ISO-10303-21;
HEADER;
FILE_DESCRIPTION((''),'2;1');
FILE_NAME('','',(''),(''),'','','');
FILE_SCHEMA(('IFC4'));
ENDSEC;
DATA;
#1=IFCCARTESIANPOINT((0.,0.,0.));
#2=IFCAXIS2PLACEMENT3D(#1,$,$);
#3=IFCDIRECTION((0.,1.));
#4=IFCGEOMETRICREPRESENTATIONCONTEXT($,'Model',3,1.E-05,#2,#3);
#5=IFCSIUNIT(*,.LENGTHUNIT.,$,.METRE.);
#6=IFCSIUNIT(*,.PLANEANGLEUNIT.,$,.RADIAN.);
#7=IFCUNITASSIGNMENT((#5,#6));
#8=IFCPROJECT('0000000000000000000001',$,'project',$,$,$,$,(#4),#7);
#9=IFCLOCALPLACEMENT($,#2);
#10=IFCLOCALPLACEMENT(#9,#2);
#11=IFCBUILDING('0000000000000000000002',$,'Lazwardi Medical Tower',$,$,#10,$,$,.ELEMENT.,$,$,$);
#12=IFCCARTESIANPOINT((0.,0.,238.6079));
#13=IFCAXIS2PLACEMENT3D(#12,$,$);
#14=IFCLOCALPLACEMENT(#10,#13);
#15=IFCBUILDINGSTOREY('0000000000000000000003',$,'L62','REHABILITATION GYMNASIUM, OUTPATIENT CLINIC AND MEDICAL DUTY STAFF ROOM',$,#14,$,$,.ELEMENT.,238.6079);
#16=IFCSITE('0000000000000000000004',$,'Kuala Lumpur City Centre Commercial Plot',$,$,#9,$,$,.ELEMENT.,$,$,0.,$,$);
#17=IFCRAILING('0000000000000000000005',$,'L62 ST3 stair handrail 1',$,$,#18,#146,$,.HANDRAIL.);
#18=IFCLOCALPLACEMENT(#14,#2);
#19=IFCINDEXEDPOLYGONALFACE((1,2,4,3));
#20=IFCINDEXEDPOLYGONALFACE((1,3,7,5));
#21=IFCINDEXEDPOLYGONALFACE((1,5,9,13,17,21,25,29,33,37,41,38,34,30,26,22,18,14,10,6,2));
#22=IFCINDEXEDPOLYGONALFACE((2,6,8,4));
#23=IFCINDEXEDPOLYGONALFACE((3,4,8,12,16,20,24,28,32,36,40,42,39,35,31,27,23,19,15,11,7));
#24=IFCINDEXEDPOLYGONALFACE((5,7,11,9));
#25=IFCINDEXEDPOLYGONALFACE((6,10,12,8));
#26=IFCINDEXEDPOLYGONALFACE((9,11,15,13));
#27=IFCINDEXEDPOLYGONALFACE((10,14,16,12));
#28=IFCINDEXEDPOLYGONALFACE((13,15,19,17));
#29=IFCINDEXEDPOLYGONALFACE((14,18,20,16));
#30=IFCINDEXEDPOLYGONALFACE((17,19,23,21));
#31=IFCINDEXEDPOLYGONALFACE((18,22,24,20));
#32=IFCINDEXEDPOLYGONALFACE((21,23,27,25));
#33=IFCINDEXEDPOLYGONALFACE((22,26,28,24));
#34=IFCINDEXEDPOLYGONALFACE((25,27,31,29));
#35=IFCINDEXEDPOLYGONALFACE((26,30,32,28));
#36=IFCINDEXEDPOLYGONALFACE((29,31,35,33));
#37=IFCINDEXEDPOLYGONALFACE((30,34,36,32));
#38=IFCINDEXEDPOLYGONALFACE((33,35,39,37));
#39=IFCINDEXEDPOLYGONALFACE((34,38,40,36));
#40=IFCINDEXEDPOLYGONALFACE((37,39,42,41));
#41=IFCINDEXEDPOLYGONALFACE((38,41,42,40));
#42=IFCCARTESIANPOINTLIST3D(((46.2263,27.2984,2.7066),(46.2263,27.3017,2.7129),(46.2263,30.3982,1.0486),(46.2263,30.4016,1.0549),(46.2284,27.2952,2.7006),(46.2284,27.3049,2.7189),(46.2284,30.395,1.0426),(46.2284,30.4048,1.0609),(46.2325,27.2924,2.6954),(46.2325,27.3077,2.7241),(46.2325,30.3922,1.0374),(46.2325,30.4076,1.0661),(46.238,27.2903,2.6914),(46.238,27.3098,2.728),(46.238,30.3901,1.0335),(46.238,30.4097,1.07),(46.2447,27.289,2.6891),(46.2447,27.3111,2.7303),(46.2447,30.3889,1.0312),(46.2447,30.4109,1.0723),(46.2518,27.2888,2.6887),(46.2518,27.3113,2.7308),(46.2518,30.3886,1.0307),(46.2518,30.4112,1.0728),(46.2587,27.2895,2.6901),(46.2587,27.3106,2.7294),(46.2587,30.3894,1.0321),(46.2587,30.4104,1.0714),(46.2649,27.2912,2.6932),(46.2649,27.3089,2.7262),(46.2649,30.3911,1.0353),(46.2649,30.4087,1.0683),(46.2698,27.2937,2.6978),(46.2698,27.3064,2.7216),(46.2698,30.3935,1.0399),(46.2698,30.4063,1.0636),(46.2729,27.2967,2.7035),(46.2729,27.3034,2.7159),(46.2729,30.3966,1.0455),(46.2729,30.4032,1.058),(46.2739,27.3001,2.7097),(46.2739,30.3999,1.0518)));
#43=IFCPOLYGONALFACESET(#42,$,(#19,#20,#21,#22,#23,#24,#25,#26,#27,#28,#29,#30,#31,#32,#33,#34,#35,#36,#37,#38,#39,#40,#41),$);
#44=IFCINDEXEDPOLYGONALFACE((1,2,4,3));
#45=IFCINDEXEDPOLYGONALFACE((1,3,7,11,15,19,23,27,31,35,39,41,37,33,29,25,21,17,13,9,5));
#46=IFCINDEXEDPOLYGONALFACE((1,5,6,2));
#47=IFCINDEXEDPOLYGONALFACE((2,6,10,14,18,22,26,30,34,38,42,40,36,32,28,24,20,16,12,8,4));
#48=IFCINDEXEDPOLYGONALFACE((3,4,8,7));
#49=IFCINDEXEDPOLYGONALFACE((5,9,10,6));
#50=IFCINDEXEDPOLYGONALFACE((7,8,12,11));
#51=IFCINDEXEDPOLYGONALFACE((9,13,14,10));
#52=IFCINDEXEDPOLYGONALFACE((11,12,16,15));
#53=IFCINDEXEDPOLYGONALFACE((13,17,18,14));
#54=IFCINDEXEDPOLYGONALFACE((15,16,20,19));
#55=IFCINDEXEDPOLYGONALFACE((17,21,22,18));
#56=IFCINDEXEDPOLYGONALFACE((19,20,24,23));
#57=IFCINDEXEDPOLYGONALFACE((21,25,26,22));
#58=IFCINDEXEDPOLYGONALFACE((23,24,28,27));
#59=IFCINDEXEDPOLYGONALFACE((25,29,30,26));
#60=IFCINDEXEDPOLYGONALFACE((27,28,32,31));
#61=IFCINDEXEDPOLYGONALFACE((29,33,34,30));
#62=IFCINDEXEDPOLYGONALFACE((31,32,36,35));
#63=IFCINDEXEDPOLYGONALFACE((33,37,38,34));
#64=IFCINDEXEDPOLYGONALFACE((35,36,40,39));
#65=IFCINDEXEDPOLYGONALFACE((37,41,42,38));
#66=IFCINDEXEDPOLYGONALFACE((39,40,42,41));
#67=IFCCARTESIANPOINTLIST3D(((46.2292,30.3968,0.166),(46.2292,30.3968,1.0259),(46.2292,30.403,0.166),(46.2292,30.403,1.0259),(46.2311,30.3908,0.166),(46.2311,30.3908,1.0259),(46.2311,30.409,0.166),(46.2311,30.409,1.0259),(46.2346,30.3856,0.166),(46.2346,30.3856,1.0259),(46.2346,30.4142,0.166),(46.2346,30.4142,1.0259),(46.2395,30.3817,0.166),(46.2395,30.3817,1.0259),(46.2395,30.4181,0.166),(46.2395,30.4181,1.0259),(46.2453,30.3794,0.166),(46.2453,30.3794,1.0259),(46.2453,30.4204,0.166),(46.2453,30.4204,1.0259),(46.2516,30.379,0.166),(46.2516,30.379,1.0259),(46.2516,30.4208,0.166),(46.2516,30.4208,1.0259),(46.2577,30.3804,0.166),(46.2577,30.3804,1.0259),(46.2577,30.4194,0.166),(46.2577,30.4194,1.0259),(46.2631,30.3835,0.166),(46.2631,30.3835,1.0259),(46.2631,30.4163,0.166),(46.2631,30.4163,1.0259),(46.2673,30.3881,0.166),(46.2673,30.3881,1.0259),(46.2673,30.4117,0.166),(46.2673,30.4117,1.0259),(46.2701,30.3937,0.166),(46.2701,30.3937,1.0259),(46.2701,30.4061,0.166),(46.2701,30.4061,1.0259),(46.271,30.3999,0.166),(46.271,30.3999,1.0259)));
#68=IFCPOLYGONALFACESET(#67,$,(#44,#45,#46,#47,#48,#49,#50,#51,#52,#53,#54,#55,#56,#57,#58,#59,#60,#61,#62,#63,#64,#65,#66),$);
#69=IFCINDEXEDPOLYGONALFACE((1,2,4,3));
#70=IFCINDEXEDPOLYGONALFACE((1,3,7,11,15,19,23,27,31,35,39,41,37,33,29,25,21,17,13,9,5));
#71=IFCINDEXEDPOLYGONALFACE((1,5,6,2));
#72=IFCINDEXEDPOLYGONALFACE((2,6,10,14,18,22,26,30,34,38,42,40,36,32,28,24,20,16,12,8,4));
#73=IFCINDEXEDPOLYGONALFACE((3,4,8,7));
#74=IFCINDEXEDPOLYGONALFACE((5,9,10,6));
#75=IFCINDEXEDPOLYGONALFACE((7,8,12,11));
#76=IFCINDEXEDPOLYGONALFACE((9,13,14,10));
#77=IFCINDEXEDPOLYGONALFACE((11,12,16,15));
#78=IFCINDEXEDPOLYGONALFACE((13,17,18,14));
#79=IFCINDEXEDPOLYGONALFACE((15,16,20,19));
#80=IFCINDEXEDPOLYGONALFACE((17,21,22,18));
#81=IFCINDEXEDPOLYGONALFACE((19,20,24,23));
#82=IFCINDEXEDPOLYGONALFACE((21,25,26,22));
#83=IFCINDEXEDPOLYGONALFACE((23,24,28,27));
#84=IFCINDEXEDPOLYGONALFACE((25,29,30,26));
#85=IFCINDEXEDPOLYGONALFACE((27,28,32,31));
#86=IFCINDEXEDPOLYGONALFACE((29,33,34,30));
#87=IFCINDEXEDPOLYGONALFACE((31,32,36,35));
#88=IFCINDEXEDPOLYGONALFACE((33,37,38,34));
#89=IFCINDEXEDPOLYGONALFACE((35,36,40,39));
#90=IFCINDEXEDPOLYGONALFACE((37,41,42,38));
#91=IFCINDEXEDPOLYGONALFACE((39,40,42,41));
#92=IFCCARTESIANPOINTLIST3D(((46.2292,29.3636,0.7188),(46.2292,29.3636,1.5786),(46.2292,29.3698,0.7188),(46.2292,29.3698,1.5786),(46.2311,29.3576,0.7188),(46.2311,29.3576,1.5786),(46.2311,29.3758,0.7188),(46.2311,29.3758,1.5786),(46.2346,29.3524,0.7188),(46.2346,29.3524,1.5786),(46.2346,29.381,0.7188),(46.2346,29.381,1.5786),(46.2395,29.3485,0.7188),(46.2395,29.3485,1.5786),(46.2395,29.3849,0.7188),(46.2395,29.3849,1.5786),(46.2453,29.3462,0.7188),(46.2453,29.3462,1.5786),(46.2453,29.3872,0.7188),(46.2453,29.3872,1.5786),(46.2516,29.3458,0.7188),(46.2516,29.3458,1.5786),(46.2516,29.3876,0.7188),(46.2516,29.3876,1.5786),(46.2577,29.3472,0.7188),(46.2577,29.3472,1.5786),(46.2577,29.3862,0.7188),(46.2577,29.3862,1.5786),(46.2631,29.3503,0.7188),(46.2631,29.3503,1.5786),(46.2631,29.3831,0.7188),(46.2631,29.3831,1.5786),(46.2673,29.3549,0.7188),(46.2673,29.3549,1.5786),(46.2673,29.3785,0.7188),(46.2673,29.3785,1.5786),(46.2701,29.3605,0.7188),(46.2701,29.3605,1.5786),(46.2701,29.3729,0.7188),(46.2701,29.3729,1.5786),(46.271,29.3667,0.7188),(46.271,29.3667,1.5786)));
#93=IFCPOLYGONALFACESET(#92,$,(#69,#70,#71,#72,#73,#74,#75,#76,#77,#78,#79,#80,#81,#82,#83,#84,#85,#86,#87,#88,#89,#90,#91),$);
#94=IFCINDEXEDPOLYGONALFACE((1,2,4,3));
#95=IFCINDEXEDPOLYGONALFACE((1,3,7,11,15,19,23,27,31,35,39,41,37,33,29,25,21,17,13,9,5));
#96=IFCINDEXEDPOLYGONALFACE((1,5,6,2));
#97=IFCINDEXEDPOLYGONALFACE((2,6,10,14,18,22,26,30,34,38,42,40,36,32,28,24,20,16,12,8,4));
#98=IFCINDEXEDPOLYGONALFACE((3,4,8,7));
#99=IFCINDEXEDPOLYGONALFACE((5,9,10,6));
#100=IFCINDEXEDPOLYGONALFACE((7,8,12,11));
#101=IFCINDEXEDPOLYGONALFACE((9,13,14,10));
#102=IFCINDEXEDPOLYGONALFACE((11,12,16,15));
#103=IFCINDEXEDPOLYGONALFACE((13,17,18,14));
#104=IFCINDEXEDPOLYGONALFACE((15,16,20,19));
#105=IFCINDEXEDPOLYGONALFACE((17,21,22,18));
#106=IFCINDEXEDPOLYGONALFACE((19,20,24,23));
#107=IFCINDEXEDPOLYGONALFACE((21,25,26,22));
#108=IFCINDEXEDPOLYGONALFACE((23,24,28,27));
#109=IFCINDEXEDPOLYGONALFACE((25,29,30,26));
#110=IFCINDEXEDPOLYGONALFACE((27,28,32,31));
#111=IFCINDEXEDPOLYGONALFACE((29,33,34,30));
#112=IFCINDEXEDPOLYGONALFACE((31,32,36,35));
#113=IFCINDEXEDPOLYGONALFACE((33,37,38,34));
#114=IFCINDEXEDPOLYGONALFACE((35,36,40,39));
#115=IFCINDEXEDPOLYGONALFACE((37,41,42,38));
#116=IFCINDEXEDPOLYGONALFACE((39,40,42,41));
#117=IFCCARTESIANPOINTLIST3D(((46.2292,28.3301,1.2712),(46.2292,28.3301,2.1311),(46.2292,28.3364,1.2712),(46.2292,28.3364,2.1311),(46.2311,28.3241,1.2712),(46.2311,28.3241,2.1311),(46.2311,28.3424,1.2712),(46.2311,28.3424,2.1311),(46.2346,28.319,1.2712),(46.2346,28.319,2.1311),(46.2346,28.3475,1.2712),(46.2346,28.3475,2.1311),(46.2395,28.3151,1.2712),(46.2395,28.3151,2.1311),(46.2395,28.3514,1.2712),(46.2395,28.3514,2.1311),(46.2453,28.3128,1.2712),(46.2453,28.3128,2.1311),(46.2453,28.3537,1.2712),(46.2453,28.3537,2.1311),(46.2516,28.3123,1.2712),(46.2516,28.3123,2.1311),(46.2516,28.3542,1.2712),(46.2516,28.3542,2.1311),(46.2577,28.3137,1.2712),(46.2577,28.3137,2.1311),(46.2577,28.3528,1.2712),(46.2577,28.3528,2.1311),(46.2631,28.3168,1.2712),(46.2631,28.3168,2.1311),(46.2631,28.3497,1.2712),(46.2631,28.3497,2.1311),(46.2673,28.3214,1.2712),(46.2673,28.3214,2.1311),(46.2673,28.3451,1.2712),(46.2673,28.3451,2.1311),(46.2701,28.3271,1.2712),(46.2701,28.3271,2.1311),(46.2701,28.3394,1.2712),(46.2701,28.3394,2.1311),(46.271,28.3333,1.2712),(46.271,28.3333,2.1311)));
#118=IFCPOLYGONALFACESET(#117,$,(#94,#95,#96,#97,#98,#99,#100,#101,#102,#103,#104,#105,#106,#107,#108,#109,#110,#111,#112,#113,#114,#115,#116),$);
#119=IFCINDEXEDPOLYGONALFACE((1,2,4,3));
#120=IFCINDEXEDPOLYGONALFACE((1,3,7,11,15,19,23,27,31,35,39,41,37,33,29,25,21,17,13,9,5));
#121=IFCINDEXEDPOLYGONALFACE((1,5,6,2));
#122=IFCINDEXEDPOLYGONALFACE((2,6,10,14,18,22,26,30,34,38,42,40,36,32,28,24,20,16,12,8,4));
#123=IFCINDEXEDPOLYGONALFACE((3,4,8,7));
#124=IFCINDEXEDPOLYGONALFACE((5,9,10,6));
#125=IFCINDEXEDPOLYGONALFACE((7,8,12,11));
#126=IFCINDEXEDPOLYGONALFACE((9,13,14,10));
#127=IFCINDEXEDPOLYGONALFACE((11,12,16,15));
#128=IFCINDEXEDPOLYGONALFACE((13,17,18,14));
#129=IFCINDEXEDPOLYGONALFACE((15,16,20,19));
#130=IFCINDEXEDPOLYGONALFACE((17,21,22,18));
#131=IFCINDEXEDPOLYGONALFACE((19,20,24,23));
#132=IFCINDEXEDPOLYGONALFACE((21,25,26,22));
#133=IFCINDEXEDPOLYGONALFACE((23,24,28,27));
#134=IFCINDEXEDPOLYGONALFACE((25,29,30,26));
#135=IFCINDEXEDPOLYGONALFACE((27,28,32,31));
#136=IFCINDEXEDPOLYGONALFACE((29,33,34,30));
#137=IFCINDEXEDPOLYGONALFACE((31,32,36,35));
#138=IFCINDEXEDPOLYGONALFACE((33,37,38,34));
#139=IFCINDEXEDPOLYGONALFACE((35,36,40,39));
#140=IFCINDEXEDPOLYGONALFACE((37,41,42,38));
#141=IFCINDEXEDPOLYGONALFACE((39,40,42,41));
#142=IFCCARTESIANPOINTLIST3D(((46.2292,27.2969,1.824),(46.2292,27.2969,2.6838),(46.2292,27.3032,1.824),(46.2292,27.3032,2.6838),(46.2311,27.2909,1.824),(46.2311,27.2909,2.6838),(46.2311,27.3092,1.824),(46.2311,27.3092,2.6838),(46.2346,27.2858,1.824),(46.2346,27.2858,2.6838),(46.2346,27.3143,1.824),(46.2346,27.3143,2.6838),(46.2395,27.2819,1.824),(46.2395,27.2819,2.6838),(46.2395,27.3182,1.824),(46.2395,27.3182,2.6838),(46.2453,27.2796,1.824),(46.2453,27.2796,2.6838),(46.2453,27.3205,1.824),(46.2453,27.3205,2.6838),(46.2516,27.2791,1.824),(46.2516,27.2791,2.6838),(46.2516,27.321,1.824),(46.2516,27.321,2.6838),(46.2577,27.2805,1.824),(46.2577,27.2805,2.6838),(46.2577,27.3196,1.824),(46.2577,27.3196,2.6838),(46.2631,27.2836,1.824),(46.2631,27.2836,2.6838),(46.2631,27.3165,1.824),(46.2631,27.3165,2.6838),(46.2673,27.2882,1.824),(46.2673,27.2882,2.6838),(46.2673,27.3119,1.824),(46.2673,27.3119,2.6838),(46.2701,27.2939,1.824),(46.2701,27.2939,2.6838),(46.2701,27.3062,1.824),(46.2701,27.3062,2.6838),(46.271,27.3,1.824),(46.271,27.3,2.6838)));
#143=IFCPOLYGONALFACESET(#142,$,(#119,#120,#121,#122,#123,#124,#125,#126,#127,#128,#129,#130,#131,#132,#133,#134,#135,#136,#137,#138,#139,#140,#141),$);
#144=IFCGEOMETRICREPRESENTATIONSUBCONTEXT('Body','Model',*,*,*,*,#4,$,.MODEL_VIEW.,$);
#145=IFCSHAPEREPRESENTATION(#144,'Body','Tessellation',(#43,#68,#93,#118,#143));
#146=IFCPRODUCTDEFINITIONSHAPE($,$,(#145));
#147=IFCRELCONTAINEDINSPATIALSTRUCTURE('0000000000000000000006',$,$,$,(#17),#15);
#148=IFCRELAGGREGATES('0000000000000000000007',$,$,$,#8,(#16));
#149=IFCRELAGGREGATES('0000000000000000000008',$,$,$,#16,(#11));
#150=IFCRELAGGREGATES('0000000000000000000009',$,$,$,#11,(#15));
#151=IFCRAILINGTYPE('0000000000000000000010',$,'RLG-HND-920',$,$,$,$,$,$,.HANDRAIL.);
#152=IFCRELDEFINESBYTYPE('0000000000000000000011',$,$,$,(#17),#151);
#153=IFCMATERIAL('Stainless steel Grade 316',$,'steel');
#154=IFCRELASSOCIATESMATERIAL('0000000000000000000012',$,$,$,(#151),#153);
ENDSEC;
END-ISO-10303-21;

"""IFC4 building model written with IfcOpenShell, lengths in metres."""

from ifc_helpers import new_model, si_unit, direction, frame, origin, origin_2d, place, context, subcontext, project, spatial, circle, extrude, material, type_object, element, save


model = new_model("IFC4")

# Units and contexts
model_context = context("Model", 3, precision=1e-05, world=origin(), true_north=direction((0.0, 1.0)))
body_context = subcontext(model_context, "Body", "Model", "MODEL_VIEW")
ifc_project = project(units=[si_unit("LENGTHUNIT", "METRE"), si_unit("PLANEANGLEUNIT", "RADIAN")], contexts=[model_context])

# Site, building, storey
site_placement = place(None, origin())
site = spatial("IfcSite", under=ifc_project, at=site_placement, Name="Kuala Lumpur City Centre Commercial Plot", CompositionType="ELEMENT", RefElevation=0.0)
building_placement = place(site_placement, origin())
building = spatial("IfcBuilding", under=site, at=building_placement, Name="Lazwardi Medical Tower", CompositionType="ELEMENT")
storey_placement = place(building_placement, frame((0.0, 0.0, 238.6079)))
storey = spatial("IfcBuildingStorey", under=building, at=storey_placement, Name="L62", Description="REHABILITATION GYMNASIUM, OUTPATIENT CLINIC AND MEDICAL DUTY STAFF ROOM", CompositionType="ELEMENT", Elevation=238.6079)

# Railing
ifc_material_1 = material(Name="Stainless steel Grade 316", Category="steel")
railing_type = type_object("IfcRailingType", Name="RLG-HND-920", PredefinedType="HANDRAIL", material=ifc_material_1)
railing_placement = place(storey_placement, frame((46.25, 30.3999, 0.166)))
element("IfcRailing", 1, at=railing_placement, inside=storey, type_object=railing_type, Name="L62 ST3 stair handrail 1", PredefinedType="HANDRAIL", context=body_context, shape_type="SweptSolid", body=[
    extrude(circle(Radius=0.0239, at=origin_2d()), frame((0.0, 0.0, 0.8857), z_axis=(0.0, -0.881797, 0.47163), x_axis=(1.0, 0.0, 0.0)), (0.0, 0.0, 1.0), 3.5154),
    extrude(circle(Radius=0.021, at=origin_2d()), origin(), (0.0, 0.0, 1.0), 0.8599),
    extrude(circle(Radius=0.021, at=origin_2d()), frame((0.0, -1.0332, 0.5527)), (0.0, 0.0, 1.0), 0.8599),
    extrude(circle(Radius=0.021, at=origin_2d()), frame((0.0, -2.0667, 1.1052)), (0.0, 0.0, 1.0), 0.8599),
    extrude(circle(Radius=0.021, at=origin_2d()), frame((0.0, -3.0999, 1.658)), (0.0, 0.0, 1.0), 0.8599),
])

save(model, "model.ifc")
